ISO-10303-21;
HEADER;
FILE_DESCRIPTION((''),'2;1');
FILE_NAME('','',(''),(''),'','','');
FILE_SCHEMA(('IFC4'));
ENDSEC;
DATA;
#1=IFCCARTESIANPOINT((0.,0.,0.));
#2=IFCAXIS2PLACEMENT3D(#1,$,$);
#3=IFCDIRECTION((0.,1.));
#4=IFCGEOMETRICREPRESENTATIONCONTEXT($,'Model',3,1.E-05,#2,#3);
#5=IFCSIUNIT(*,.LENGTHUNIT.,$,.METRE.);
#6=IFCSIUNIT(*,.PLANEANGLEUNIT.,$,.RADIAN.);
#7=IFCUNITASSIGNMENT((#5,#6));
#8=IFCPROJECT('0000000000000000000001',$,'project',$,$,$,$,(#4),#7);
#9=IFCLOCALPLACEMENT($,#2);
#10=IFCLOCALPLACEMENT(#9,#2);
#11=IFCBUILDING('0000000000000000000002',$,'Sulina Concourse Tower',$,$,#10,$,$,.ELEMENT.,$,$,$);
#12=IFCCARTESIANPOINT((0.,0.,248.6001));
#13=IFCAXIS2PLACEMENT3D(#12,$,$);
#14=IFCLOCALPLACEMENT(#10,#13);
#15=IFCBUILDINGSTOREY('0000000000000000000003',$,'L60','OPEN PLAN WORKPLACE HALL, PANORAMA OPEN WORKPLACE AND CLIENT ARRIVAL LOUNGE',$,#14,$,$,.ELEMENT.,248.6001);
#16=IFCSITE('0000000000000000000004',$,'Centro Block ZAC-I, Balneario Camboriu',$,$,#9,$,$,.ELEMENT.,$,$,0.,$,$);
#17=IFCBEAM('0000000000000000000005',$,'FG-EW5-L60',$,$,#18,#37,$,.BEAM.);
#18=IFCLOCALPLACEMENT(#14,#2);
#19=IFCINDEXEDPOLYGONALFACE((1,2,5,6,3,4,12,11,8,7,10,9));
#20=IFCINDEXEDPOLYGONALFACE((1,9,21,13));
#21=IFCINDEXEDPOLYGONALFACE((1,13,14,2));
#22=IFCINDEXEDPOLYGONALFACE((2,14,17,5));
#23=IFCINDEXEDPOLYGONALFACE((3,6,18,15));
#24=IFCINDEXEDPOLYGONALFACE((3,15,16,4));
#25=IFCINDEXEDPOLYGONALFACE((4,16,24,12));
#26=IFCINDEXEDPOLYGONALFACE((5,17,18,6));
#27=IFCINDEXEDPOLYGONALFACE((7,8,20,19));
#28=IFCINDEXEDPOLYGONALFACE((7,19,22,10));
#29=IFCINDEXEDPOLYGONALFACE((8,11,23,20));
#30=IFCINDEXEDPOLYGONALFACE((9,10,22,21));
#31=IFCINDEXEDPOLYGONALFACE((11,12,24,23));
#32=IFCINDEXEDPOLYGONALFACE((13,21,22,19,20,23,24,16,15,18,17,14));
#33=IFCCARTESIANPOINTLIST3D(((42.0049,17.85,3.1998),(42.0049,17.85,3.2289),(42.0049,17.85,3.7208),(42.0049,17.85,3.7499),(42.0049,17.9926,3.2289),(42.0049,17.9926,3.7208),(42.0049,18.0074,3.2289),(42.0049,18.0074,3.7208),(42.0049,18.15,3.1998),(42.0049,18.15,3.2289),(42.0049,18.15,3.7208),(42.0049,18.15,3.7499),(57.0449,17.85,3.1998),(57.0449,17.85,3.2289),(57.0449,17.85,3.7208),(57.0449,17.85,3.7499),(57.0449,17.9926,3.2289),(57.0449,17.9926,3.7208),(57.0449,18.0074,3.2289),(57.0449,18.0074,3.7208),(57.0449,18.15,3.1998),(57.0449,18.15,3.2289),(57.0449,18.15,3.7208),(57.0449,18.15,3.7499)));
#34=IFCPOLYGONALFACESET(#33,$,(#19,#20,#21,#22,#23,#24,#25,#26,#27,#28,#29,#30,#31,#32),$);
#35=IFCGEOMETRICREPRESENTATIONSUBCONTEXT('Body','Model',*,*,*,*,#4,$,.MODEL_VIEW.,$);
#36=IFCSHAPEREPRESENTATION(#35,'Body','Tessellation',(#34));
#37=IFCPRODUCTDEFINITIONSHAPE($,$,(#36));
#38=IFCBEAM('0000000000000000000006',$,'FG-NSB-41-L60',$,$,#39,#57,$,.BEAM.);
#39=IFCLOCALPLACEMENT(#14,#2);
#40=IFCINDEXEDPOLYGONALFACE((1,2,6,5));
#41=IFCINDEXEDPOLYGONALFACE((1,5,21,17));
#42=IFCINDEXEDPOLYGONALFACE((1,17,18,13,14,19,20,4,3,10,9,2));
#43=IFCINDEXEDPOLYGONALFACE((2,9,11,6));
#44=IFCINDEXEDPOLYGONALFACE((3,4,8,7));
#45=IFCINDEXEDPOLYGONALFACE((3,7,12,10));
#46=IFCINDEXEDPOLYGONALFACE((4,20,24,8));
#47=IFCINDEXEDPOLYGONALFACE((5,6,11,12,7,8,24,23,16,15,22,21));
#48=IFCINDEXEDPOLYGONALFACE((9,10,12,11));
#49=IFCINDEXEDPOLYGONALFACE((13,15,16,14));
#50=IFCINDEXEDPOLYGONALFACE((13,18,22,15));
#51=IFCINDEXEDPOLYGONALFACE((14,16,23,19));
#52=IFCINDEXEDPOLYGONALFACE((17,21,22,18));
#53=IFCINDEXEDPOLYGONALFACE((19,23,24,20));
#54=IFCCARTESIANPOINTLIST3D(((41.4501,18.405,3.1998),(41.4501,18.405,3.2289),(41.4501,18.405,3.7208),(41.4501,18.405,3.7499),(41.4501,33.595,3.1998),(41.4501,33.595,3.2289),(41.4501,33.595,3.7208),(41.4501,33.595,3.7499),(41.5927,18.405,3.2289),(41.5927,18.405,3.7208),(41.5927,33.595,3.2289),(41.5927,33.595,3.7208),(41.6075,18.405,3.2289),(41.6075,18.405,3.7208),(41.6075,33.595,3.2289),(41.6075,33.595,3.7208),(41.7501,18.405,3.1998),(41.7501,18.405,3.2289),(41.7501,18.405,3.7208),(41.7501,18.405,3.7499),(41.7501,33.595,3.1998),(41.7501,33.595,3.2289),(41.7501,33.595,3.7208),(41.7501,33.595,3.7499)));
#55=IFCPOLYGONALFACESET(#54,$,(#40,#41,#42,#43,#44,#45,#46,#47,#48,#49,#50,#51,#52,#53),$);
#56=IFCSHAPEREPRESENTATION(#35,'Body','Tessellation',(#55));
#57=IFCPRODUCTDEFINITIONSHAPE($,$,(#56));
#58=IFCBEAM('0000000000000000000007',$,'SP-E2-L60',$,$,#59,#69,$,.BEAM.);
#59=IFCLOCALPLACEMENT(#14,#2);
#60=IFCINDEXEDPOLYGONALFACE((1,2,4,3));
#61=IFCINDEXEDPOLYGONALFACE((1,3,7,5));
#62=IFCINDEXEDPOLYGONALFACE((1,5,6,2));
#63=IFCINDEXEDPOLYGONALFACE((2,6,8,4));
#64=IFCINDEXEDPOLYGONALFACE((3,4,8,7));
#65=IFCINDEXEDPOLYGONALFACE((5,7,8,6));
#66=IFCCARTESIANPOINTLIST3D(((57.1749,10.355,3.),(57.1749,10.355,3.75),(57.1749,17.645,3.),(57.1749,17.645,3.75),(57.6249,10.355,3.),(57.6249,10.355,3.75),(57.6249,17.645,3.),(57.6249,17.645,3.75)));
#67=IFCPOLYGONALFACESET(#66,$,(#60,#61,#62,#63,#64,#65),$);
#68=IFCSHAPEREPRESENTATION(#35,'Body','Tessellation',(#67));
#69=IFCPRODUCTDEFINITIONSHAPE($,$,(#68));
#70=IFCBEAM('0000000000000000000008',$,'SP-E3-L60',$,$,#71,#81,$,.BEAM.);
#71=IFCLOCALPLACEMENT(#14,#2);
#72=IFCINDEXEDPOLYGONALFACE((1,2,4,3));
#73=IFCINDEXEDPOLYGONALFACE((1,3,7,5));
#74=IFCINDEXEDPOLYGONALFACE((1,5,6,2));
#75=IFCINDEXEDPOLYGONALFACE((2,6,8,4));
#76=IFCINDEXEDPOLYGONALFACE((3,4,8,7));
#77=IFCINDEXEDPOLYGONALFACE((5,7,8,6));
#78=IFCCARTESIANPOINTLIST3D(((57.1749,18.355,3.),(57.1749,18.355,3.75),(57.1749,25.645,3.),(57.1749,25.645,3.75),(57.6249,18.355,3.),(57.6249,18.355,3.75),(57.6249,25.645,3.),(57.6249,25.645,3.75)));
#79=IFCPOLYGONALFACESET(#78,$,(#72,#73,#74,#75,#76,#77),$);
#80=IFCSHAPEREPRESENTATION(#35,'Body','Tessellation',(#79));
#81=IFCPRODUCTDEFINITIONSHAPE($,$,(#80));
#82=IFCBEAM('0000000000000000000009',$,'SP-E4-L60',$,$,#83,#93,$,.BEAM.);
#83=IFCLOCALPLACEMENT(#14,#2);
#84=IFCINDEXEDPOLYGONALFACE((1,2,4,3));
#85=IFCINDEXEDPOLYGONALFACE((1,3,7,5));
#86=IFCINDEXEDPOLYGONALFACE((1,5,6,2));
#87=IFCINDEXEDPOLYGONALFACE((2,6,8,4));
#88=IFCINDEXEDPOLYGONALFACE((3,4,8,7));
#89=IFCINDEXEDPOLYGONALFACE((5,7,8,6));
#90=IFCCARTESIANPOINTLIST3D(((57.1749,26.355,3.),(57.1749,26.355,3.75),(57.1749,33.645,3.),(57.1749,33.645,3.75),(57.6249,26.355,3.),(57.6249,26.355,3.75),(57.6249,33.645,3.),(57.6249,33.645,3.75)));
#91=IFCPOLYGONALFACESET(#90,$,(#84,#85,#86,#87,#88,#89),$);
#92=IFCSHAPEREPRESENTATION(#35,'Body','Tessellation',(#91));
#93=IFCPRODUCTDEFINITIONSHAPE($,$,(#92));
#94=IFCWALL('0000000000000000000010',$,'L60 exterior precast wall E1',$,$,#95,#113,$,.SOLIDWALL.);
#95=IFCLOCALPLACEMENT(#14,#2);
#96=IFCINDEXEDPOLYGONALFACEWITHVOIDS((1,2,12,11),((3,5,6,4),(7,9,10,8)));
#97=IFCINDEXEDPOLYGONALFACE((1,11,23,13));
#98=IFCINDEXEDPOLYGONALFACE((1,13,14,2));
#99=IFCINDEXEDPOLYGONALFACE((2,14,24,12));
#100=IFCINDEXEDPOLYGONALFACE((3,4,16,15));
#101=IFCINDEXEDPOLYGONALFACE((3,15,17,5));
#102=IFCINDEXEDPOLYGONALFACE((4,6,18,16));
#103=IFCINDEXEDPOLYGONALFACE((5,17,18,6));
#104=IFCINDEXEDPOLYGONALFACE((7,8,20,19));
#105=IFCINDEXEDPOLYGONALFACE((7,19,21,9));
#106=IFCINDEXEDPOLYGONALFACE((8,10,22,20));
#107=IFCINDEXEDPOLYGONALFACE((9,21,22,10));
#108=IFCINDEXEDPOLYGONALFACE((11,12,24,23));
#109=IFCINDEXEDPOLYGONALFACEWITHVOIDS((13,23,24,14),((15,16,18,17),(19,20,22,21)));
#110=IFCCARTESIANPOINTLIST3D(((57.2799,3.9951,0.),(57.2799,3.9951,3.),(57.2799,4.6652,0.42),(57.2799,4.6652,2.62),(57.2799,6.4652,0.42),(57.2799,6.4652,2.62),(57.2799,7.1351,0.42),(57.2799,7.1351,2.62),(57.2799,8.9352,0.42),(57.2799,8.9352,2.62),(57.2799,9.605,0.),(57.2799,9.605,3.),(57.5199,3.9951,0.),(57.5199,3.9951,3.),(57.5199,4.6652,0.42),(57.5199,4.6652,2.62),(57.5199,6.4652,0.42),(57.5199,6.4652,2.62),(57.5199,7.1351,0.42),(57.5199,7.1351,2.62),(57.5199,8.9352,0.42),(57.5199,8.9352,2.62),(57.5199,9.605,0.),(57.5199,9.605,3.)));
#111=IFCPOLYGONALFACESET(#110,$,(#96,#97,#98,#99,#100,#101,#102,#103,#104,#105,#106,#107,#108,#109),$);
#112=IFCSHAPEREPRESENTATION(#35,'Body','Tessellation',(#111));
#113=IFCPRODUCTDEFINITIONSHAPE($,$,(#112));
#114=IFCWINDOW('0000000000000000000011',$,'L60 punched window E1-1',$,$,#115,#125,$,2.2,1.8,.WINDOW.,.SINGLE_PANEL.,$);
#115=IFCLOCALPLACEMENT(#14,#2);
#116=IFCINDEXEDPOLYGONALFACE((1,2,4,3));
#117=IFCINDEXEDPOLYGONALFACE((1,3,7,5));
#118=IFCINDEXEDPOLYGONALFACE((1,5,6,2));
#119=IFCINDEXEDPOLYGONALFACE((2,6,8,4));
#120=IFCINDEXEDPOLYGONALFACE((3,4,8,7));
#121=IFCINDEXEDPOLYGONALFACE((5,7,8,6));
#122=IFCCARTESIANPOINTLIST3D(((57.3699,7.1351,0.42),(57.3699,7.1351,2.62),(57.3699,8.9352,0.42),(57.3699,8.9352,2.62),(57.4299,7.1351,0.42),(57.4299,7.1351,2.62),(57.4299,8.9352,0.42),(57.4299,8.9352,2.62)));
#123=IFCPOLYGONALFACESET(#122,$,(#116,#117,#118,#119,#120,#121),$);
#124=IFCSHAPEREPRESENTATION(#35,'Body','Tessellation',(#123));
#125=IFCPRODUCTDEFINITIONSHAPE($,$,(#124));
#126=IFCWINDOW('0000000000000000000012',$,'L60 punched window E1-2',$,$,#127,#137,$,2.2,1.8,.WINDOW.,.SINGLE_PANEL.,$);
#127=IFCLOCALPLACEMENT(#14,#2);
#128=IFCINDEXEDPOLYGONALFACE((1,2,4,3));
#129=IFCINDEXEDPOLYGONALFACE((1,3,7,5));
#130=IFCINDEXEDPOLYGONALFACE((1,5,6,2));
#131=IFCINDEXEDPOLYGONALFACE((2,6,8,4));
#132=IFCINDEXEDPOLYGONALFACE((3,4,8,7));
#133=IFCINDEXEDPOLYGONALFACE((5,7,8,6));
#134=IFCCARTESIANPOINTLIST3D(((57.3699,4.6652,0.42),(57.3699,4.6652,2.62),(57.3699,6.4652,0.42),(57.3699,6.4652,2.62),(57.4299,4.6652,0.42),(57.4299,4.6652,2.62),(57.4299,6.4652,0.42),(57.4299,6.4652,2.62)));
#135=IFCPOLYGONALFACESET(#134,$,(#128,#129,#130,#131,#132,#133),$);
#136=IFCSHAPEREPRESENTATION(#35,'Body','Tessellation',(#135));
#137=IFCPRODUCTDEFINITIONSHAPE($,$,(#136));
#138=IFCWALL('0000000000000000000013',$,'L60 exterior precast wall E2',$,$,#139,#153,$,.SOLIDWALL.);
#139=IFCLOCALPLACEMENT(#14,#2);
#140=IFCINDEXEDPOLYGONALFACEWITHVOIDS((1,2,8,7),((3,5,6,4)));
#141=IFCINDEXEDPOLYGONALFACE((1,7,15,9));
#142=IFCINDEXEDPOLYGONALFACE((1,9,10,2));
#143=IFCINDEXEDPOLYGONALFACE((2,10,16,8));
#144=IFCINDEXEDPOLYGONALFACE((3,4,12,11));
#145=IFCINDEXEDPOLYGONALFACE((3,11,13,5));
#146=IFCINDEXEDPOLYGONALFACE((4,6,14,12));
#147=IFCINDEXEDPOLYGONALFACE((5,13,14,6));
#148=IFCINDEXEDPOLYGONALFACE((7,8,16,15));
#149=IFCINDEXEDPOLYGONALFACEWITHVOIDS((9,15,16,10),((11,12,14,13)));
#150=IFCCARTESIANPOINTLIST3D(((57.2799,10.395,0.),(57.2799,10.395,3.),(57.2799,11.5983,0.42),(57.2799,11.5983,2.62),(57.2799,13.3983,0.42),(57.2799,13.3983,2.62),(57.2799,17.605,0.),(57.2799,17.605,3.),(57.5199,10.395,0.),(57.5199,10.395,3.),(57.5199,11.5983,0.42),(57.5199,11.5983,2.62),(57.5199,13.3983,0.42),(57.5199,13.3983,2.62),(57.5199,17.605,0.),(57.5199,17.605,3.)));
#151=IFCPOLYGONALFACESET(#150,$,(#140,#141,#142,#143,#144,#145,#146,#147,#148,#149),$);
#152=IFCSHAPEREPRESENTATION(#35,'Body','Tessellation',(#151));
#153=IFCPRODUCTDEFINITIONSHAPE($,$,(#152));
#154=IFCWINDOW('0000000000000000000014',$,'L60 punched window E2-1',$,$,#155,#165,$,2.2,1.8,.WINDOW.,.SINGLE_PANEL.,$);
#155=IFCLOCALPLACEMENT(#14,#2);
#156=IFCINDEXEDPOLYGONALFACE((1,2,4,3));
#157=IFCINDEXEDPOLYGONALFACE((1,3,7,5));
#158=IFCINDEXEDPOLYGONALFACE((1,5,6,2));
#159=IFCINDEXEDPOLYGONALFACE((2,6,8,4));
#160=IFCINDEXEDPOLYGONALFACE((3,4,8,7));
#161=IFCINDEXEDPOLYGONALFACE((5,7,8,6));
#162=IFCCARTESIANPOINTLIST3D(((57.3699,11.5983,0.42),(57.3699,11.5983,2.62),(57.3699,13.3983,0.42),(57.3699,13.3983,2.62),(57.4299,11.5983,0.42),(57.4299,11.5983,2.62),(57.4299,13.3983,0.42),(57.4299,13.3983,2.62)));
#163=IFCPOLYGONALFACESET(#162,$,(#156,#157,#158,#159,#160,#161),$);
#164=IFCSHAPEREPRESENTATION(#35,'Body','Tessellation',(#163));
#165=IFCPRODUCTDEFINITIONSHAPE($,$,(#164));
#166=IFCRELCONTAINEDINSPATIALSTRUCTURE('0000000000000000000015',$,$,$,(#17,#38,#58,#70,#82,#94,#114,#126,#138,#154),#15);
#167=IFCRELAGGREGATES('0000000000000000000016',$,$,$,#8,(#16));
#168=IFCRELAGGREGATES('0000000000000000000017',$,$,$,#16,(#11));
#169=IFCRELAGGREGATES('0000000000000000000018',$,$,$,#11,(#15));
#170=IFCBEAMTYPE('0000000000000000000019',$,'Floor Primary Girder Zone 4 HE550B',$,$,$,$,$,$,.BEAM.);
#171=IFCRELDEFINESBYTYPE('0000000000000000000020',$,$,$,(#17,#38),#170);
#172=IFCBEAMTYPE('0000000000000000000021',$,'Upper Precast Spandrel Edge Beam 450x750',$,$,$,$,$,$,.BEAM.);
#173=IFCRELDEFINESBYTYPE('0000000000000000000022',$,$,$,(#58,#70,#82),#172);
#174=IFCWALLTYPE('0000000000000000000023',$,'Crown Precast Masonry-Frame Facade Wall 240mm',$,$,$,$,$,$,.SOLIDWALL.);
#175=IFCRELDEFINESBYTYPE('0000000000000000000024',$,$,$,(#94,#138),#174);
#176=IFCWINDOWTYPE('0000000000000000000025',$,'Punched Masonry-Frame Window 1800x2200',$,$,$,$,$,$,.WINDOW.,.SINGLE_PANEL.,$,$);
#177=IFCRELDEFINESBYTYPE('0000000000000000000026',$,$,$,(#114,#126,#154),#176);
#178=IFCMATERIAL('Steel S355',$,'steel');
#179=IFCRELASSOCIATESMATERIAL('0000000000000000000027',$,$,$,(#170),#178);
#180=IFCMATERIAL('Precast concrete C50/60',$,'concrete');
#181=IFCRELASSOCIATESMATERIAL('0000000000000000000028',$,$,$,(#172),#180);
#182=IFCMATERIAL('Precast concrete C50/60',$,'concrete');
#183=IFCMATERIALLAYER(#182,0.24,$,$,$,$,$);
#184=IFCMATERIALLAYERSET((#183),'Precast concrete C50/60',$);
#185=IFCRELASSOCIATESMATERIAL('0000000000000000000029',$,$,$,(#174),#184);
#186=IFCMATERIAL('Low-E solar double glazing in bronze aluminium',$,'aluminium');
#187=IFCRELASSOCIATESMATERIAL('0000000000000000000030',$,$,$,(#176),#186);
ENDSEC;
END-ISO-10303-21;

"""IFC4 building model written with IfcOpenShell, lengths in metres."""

from ifc_helpers import new_model, si_unit, direction, frame, frame_2d, origin, origin_2d, place, context, subcontext, project, spatial, rectangle, i_section, extrude, material, layer, layer_set, material_profile, profile_set, type_object, element, fill, save


model = new_model("IFC4")

# Units and contexts
model_context = context("Model", 3, precision=1e-05, world=origin(), true_north=direction((0.0, 1.0)))
body_context = subcontext(model_context, "Body", "Model", "MODEL_VIEW")
ifc_project = project(units=[si_unit("LENGTHUNIT", "METRE"), si_unit("PLANEANGLEUNIT", "RADIAN")], contexts=[model_context])

# Site, building, storey
site_placement = place(None, origin())
site = spatial("IfcSite", under=ifc_project, at=site_placement, Name="Centro Block ZAC-I, Balneario Camboriu", CompositionType="ELEMENT", RefElevation=0.0)
building_placement = place(site_placement, origin())
building = spatial("IfcBuilding", under=site, at=building_placement, Name="Sulina Concourse Tower", CompositionType="ELEMENT")
storey_placement = place(building_placement, frame((0.0, 0.0, 248.6001)))
storey = spatial("IfcBuildingStorey", under=building, at=storey_placement, Name="L60", Description="OPEN PLAN WORKPLACE HALL, PANORAMA OPEN WORKPLACE AND CLIENT ARRIVAL LOUNGE", CompositionType="ELEMENT", Elevation=248.6001)

# Beams
ifc_material_1 = material(Name="Steel S355", Category="steel")
ifc_material_profile_1 = material_profile(ifc_material_1, i_section(OverallWidth=0.3, OverallDepth=0.55, WebThickness=0.0149, FlangeThickness=0.0291, at=origin_2d()), Name="HE 550 B")
ifc_profile_set_1 = profile_set([ifc_material_profile_1], Name="Steel S355")
beam_type_1 = type_object("IfcBeamType", Name="Floor Primary Girder Zone 4 HE550B", PredefinedType="BEAM", material=ifc_profile_set_1)
beam_1_placement = place(storey_placement, frame((42.0049, 18.0, 3.4749), z_axis=(1.0, 0.0, 0.0), x_axis=(0.0, 1.0, 0.0)))
element("IfcBeam", 1, at=beam_1_placement, inside=storey, type_object=beam_type_1, Name="FG-EW5-L60", PredefinedType="BEAM", context=body_context, shape_type="SweptSolid", body=[
    extrude(i_section(OverallWidth=0.3, OverallDepth=0.55, WebThickness=0.0149, FlangeThickness=0.0291, at=origin_2d()), origin(), (0.0, 0.0, 1.0), 15.04),
])
beam_2_placement = place(storey_placement, frame((41.6001, 18.405, 3.4749), z_axis=(0.0, 1.0, 0.0), x_axis=(-1.0, 0.0, 0.0)))
element("IfcBeam", 2, at=beam_2_placement, inside=storey, type_object=beam_type_1, Name="FG-NSB-41-L60", PredefinedType="BEAM", context=body_context, shape_type="SweptSolid", body=[
    extrude(i_section(OverallWidth=0.3, OverallDepth=0.55, WebThickness=0.0149, FlangeThickness=0.0291, at=origin_2d()), origin(), (0.0, 0.0, 1.0), 15.1899),
])
ifc_material_2 = material(Name="Precast concrete C50/60", Category="concrete")
ifc_material_profile_2 = material_profile(ifc_material_2, rectangle(XDim=0.45, YDim=0.75, at=origin_2d()), Name="RC 450x750")
ifc_profile_set_2 = profile_set([ifc_material_profile_2], Name="Precast concrete C50/60")
beam_type_2 = type_object("IfcBeamType", Name="Upper Precast Spandrel Edge Beam 450x750", PredefinedType="BEAM", material=ifc_profile_set_2)
for number, where, z_axis, x_axis, name in (
    (3, (57.3999, 10.355, 3.375), (0.0, 1.0, 0.0), (-1.0, 0.0, 0.0), "SP-E2-L60"),
    (4, (57.3999, 18.355, 3.375), (0.0, 1.0, 0.0), (-1.0, 0.0, 0.0), "SP-E3-L60"),
    (5, (57.3999, 26.355, 3.375), (0.0, 1.0, 0.0), (-1.0, 0.0, 0.0), "SP-E4-L60"),
):
    element("IfcBeam", number, at=place(storey_placement, frame(where, z_axis=z_axis, x_axis=x_axis)), inside=storey, type_object=beam_type_2, Name=name, PredefinedType="BEAM", context=body_context, shape_type="SweptSolid", body=[
        extrude(rectangle(XDim=0.45, YDim=0.75, at=origin_2d()), origin(), (0.0, 0.0, 1.0), 7.29),
    ])

# Wall, openings, windows
ifc_material_3 = material(Name="Precast concrete C50/60", Category="concrete")
ifc_layer_1 = layer(ifc_material_3, 0.24)
ifc_layer_set_1 = layer_set([ifc_layer_1], Name="Precast concrete C50/60")
wall_type_1 = type_object("IfcWallType", Name="Crown Precast Masonry-Frame Facade Wall 240mm", PredefinedType="SOLIDWALL", material=ifc_layer_set_1)
wall_1_placement = place(storey_placement, frame((57.3999, 9.605, 0.0), z_axis=(0.0, 0.0, 1.0), x_axis=(0.0, -1.0, 0.0)))
wall_1 = element("IfcWall", 6, at=wall_1_placement, inside=storey, type_object=wall_type_1, Name="L60 exterior precast wall E1", PredefinedType="SOLIDWALL", context=body_context, shape_type="SweptSolid", body=[
    extrude(rectangle(XDim=5.6099, YDim=0.24, at=frame_2d((2.8049, 0.0))), origin(), (0.0, 0.0, 1.0), 3.0),
])
opening_1_placement = place(wall_1_placement, frame((0.6699, 0.0, 0.4199)))
opening_1 = element("IfcOpeningElement", 7, at=opening_1_placement, cuts=wall_1, PredefinedType="OPENING", context=body_context, shape_type="SweptSolid", body=[
    extrude(rectangle(XDim=1.8, YDim=2.2, at=frame_2d((0.8999, 1.1001))), frame((0.0, 0.1299, 0.0), z_axis=(0.0, -1.0, 0.0), x_axis=(1.0, 0.0, 0.0)), (0.0, 0.0, 1.0), 0.26),
])
opening_2_placement = place(wall_1_placement, frame((3.1399, 0.0, 0.4199)))
opening_2 = element("IfcOpeningElement", 8, at=opening_2_placement, cuts=wall_1, PredefinedType="OPENING", context=body_context, shape_type="SweptSolid", body=[
    extrude(rectangle(XDim=1.8, YDim=2.2, at=frame_2d((0.8999, 1.1001))), frame((0.0, 0.1299, 0.0), z_axis=(0.0, -1.0, 0.0), x_axis=(1.0, 0.0, 0.0)), (0.0, 0.0, 1.0), 0.26),
])
ifc_material_4 = material(Name="Low-E solar double glazing in bronze aluminium", Category="aluminium")
window_type = type_object("IfcWindowType", Name="Punched Masonry-Frame Window 1800x2200", PartitioningType="SINGLE_PANEL", PredefinedType="WINDOW", material=ifc_material_4)
window_1_placement = place(opening_1_placement, origin())
window_1 = element("IfcWindow", 9, at=window_1_placement, inside=storey, type_object=window_type, Name="L60 punched window E1-1", OverallHeight=2.2, OverallWidth=1.8, PartitioningType="SINGLE_PANEL", PredefinedType="WINDOW", context=body_context, shape_type="SweptSolid", body=[
    extrude(rectangle(XDim=1.8, YDim=2.2, at=frame_2d((0.8999, 1.1001))), frame((0.0, 0.03, 0.0), z_axis=(0.0, -1.0, 0.0), x_axis=(1.0, 0.0, 0.0)), (0.0, 0.0, 1.0), 0.0601),
])
fill(opening_1, window_1)
window_2_placement = place(opening_2_placement, origin())
window_2 = element("IfcWindow", 10, at=window_2_placement, inside=storey, type_object=window_type, Name="L60 punched window E1-2", OverallHeight=2.2, OverallWidth=1.8, PartitioningType="SINGLE_PANEL", PredefinedType="WINDOW", context=body_context, shape_type="SweptSolid", body=[
    extrude(rectangle(XDim=1.8, YDim=2.2, at=frame_2d((0.8999, 1.1001))), frame((0.0, 0.03, 0.0), z_axis=(0.0, -1.0, 0.0), x_axis=(1.0, 0.0, 0.0)), (0.0, 0.0, 1.0), 0.0601),
])
fill(opening_2, window_2)

# Wall, opening, window
wall_2_placement = place(storey_placement, frame((57.3999, 17.605, 0.0), z_axis=(0.0, 0.0, 1.0), x_axis=(0.0, -1.0, 0.0)))
wall_2 = element("IfcWall", 11, at=wall_2_placement, inside=storey, type_object=wall_type_1, Name="L60 exterior precast wall E2", PredefinedType="SOLIDWALL", context=body_context, shape_type="SweptSolid", body=[
    extrude(rectangle(XDim=7.21, YDim=0.24, at=frame_2d((3.605, 0.0))), origin(), (0.0, 0.0, 1.0), 3.0),
])
opening_3_placement = place(wall_2_placement, frame((4.2068, 0.0, 0.4199)))
opening_3 = element("IfcOpeningElement", 12, at=opening_3_placement, cuts=wall_2, PredefinedType="OPENING", context=body_context, shape_type="SweptSolid", body=[
    extrude(rectangle(XDim=1.8, YDim=2.2, at=frame_2d((0.8999, 1.1001))), frame((0.0, 0.1299, 0.0), z_axis=(0.0, -1.0, 0.0), x_axis=(1.0, 0.0, 0.0)), (0.0, 0.0, 1.0), 0.26),
])
window_3_placement = place(opening_3_placement, origin())
window_3 = element("IfcWindow", 13, at=window_3_placement, inside=storey, type_object=window_type, Name="L60 punched window E2-1", OverallHeight=2.2, OverallWidth=1.8, PartitioningType="SINGLE_PANEL", PredefinedType="WINDOW", context=body_context, shape_type="SweptSolid", body=[
    extrude(rectangle(XDim=1.8, YDim=2.2, at=frame_2d((0.8999, 1.1001))), frame((0.0, 0.03, 0.0), z_axis=(0.0, -1.0, 0.0), x_axis=(1.0, 0.0, 0.0)), (0.0, 0.0, 1.0), 0.0601),
])
fill(opening_3, window_3)

save(model, "model.ifc")
